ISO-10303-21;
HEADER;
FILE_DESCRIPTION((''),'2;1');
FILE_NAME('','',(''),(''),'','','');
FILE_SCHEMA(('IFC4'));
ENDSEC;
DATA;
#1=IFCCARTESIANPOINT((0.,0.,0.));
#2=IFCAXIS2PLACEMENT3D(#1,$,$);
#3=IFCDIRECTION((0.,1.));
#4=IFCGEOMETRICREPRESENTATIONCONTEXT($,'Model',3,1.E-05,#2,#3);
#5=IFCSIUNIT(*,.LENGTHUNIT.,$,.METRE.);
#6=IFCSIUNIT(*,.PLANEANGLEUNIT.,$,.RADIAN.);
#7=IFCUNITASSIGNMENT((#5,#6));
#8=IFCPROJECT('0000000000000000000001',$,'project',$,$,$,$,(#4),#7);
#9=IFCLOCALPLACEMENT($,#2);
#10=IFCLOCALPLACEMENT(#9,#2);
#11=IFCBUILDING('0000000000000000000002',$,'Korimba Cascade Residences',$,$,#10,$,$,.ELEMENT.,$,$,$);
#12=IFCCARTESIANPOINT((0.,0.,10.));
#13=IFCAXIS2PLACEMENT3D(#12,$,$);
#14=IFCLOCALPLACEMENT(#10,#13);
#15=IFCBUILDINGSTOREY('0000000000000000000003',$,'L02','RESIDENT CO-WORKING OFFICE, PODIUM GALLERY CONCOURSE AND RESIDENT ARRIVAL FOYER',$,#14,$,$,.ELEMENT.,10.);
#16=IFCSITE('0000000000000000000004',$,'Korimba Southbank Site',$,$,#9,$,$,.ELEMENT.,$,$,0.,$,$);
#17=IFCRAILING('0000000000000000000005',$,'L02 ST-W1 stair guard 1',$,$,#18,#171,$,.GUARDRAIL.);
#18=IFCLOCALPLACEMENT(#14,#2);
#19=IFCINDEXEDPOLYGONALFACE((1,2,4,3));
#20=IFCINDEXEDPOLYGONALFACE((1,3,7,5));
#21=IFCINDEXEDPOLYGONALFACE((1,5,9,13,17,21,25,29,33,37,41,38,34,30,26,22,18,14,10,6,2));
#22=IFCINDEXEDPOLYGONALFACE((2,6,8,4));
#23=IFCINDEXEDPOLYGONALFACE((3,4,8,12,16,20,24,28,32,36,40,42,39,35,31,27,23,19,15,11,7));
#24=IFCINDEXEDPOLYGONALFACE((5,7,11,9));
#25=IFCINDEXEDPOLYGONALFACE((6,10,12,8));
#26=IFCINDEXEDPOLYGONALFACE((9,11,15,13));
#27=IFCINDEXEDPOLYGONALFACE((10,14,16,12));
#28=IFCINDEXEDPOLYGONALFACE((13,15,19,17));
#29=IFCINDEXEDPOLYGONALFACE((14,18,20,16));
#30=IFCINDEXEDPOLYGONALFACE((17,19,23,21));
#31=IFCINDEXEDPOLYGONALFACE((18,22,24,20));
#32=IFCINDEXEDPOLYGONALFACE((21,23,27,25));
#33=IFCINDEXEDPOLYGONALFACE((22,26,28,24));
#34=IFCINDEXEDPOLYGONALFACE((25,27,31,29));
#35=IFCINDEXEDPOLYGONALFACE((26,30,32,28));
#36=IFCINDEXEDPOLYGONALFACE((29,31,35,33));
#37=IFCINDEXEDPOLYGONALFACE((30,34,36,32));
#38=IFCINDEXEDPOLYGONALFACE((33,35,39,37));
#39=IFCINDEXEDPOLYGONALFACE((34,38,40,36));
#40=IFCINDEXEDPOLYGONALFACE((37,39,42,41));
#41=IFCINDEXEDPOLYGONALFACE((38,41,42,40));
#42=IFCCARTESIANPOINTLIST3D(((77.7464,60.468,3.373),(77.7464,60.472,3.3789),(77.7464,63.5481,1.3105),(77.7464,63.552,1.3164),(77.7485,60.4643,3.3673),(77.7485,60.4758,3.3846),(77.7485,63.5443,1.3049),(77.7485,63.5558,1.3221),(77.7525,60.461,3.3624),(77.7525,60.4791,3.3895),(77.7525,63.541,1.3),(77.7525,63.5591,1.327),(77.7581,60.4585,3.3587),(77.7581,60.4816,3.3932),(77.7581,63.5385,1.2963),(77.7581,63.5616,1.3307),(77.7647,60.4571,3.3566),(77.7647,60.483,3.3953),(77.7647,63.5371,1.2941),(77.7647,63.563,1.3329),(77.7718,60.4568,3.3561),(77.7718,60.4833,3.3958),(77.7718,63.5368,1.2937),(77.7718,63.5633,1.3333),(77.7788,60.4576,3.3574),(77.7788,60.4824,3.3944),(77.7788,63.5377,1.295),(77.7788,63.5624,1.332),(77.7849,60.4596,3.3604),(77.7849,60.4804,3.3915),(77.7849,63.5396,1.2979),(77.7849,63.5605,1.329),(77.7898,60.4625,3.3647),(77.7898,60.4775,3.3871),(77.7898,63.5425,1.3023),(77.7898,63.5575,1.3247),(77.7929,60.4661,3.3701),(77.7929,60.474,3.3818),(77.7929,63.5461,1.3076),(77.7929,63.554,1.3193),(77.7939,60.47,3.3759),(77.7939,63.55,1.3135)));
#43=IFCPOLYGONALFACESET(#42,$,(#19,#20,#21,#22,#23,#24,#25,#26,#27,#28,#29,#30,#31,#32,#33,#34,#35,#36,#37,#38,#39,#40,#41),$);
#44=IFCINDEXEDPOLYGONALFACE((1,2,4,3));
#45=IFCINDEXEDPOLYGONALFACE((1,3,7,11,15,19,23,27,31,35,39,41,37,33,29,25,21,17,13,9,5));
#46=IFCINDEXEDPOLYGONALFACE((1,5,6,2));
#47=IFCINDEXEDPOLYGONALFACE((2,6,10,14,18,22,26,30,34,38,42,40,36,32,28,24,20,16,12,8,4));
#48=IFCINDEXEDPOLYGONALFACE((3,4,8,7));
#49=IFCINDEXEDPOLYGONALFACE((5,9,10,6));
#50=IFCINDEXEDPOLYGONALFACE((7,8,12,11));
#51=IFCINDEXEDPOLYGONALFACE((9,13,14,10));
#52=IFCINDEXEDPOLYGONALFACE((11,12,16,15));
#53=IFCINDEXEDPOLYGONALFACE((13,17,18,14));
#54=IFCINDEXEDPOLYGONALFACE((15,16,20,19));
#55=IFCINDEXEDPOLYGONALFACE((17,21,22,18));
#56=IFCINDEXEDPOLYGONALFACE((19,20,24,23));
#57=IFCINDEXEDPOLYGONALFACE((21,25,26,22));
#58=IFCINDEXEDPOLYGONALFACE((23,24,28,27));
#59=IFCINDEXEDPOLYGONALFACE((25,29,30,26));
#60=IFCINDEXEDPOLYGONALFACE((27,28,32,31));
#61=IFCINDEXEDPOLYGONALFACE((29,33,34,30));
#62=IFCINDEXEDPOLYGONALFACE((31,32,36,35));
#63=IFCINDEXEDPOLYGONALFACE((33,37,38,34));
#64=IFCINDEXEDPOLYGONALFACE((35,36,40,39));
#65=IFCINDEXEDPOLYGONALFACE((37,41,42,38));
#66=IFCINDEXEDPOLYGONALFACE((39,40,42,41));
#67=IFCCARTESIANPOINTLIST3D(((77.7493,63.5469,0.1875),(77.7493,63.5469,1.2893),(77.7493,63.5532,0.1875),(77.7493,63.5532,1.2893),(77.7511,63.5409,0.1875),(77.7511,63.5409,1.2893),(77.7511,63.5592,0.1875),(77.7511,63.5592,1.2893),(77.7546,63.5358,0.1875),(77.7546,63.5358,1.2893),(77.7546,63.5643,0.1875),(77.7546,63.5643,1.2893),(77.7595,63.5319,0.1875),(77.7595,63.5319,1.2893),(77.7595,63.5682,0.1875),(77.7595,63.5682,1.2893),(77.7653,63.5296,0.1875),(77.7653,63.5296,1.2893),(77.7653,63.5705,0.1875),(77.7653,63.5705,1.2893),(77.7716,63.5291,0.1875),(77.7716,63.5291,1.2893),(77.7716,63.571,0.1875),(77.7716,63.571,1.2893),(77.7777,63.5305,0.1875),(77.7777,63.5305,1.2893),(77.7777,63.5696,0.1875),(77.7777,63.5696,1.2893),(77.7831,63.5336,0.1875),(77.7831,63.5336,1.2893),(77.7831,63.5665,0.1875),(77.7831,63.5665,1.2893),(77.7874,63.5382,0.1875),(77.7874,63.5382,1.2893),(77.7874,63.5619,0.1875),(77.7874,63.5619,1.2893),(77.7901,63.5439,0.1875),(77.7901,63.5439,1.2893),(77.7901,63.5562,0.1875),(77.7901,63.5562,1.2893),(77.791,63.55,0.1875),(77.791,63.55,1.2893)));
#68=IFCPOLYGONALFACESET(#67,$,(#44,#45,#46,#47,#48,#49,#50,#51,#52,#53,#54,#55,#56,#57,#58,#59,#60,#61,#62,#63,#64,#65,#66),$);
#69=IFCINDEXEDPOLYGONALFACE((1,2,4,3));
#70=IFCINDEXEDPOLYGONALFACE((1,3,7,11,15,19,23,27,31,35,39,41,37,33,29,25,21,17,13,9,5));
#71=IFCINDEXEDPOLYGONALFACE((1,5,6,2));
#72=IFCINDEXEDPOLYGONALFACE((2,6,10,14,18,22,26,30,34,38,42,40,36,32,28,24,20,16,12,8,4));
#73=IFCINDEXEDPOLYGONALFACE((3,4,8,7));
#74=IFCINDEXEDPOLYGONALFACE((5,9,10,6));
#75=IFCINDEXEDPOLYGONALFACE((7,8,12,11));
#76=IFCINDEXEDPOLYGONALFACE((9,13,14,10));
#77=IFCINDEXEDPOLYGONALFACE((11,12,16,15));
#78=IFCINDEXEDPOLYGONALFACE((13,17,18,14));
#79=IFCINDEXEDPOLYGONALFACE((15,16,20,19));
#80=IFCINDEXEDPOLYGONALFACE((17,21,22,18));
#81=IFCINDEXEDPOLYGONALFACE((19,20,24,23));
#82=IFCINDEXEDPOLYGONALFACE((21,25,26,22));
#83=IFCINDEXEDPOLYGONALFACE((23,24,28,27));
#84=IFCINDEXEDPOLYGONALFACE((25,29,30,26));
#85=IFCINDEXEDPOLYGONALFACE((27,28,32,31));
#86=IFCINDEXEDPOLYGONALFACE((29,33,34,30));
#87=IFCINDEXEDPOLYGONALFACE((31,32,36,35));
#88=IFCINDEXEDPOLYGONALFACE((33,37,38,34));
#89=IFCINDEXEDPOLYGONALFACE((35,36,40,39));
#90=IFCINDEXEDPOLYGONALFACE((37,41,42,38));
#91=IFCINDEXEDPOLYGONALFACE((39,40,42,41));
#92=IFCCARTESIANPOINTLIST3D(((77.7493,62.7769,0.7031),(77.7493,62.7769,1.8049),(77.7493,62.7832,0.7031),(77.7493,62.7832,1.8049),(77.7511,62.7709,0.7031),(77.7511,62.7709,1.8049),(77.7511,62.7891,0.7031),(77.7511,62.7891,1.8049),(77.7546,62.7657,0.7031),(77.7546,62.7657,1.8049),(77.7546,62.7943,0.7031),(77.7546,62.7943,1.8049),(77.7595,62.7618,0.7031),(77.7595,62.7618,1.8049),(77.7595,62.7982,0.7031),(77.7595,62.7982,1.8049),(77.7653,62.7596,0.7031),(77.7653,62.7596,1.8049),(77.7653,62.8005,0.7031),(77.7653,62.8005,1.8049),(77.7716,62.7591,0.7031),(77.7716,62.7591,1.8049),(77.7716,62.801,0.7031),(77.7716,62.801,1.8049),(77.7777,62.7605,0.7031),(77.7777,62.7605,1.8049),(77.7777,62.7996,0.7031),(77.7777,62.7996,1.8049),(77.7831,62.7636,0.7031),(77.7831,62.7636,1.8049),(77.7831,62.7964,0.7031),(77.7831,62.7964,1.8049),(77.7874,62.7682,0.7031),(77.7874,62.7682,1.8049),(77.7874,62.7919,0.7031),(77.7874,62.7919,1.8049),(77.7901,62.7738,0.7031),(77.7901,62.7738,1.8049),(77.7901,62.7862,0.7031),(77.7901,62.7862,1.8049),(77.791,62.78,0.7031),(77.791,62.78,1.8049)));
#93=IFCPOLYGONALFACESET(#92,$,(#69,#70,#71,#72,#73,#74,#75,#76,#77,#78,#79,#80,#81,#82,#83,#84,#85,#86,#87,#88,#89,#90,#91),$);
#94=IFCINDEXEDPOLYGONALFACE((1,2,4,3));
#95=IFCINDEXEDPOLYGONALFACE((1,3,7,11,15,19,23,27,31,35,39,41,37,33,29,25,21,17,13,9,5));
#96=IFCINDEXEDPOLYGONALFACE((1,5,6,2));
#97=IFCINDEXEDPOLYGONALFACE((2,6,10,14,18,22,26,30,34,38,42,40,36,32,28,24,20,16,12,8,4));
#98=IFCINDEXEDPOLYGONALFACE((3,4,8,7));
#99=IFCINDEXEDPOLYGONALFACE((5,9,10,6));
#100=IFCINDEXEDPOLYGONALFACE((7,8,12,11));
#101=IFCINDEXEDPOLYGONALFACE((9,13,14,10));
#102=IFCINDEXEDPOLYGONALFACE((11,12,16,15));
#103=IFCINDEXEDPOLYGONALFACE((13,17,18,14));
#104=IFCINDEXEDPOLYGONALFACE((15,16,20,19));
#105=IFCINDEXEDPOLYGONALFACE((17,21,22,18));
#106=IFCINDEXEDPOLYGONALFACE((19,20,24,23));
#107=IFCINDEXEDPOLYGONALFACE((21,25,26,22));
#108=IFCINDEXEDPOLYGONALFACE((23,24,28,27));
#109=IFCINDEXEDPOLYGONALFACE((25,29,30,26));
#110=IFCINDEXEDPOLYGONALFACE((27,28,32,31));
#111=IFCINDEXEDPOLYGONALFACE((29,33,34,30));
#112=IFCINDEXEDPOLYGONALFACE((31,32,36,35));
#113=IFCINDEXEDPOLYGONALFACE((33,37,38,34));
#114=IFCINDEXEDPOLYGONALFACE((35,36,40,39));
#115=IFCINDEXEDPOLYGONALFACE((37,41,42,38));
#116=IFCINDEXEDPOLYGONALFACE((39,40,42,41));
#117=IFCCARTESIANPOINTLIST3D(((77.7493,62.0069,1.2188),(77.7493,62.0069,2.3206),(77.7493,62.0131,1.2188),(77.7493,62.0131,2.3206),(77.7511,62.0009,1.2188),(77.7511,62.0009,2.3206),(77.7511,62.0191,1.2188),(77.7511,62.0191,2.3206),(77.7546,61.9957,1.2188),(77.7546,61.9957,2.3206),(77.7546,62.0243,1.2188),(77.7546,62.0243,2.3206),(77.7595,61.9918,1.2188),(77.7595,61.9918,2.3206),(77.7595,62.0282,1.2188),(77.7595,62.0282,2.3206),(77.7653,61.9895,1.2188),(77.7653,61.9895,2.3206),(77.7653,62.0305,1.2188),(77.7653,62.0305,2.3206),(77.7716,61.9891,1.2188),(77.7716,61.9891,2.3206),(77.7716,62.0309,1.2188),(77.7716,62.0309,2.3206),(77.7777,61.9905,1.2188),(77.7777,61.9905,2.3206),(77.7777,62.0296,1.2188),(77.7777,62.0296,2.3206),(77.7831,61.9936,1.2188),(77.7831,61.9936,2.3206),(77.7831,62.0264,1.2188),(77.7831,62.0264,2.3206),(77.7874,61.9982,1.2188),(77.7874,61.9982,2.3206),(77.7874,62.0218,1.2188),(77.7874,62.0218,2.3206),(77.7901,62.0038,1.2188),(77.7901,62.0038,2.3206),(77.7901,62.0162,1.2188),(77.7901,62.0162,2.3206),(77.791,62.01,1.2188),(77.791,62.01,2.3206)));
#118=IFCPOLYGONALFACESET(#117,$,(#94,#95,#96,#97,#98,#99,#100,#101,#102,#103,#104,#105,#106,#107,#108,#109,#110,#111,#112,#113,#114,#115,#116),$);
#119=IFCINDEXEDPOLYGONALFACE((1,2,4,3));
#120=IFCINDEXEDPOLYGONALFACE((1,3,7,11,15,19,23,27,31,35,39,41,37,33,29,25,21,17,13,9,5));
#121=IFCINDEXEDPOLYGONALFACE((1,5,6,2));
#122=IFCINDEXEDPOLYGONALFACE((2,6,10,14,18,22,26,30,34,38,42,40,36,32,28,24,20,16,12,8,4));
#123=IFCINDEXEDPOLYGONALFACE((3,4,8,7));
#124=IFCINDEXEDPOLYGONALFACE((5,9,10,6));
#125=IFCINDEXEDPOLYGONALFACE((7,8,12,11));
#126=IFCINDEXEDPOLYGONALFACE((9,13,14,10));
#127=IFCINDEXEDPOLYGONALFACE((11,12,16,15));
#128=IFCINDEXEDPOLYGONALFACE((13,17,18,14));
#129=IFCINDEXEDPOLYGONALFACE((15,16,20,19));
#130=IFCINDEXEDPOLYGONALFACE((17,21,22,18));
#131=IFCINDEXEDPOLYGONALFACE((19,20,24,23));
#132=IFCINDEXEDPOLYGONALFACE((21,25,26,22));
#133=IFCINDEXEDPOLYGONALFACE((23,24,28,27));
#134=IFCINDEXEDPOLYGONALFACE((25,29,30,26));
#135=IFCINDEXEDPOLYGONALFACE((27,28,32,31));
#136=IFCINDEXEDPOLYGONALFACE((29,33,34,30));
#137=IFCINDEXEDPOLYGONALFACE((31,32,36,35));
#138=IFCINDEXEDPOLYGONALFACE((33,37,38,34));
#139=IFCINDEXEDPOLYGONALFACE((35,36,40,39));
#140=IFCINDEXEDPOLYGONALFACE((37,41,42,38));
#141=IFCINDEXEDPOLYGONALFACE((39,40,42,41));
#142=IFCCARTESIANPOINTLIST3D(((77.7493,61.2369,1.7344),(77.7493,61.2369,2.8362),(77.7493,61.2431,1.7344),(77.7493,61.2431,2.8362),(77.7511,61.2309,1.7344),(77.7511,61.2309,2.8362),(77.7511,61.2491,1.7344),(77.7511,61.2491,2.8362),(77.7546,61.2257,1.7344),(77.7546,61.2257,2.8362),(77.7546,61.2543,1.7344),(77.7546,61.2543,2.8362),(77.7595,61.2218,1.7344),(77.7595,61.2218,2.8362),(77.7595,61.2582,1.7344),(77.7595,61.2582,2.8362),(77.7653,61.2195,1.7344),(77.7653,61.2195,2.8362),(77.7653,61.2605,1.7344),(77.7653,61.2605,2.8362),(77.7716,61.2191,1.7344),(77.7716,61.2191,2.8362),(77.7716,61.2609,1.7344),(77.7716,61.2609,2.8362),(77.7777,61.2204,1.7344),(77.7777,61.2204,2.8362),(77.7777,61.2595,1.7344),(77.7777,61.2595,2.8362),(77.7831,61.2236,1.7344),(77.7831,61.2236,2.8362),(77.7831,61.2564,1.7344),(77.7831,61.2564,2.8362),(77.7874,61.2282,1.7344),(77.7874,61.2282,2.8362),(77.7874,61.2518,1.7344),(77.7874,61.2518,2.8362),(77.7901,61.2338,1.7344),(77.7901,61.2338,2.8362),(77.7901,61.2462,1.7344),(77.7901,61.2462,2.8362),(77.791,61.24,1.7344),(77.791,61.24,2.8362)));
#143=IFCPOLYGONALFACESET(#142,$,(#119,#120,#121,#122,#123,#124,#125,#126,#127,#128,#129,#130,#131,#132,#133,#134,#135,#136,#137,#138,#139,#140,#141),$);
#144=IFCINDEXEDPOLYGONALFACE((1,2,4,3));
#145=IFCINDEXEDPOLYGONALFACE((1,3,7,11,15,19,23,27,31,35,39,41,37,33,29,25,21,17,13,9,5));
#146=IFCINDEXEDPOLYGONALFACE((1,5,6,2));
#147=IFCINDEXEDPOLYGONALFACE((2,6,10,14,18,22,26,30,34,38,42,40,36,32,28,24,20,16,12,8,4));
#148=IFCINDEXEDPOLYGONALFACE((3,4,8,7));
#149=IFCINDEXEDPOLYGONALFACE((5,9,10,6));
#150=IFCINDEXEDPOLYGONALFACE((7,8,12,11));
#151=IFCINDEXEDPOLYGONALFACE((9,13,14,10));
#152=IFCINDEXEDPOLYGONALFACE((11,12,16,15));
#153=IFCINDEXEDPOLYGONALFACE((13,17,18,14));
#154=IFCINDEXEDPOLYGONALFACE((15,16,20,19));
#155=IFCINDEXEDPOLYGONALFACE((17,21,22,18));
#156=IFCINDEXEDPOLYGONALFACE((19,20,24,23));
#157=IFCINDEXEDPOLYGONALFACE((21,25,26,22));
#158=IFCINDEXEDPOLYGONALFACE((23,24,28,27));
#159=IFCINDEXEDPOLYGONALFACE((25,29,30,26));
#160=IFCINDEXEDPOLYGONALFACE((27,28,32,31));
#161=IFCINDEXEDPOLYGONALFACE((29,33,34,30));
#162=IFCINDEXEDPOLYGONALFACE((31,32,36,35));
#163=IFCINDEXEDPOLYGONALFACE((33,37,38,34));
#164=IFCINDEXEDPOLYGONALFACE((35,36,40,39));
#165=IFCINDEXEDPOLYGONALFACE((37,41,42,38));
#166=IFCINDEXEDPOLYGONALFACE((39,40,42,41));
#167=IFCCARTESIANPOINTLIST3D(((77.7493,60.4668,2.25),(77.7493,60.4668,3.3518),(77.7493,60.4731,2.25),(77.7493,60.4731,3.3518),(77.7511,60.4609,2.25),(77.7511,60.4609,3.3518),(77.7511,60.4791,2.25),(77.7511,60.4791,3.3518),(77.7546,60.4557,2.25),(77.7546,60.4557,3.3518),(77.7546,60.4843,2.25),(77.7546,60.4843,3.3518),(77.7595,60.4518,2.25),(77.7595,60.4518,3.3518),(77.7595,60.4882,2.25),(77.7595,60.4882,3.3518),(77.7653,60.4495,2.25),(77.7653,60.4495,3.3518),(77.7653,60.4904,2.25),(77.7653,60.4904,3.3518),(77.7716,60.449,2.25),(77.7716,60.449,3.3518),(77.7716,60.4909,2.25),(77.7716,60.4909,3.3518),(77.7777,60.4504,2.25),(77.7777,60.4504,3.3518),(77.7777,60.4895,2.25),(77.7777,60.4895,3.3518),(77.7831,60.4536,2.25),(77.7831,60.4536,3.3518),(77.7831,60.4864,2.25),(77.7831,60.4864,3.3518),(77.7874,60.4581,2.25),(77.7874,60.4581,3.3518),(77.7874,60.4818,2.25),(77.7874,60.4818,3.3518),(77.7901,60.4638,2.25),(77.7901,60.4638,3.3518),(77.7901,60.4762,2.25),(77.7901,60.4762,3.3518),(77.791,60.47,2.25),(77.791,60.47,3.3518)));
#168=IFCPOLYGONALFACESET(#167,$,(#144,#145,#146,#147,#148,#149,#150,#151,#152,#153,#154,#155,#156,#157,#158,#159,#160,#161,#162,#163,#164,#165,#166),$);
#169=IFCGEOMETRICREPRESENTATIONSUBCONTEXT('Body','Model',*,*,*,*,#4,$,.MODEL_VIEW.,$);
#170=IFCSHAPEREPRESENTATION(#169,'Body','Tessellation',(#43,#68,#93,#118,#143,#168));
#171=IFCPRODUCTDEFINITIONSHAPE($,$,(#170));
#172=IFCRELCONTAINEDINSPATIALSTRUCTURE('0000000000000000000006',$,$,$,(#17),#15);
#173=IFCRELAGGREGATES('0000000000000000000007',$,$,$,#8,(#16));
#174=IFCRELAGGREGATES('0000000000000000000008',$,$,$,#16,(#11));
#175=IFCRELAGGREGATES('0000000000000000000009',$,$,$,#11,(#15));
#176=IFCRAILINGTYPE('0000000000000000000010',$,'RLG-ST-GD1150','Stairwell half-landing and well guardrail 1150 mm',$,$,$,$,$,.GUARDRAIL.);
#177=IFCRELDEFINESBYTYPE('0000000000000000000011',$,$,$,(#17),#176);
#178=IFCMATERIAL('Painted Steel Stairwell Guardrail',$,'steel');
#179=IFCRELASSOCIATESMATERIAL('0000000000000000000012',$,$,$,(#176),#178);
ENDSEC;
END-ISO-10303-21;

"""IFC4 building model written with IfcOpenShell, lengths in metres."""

from ifc_helpers import new_model, si_unit, direction, frame, origin, origin_2d, place, context, subcontext, project, spatial, circle, extrude, material, type_object, element, save


model = new_model("IFC4")

# Units and contexts
model_context = context("Model", 3, precision=1e-05, world=origin(), true_north=direction((0.0, 1.0)))
body_context = subcontext(model_context, "Body", "Model", "MODEL_VIEW")
ifc_project = project(units=[si_unit("LENGTHUNIT", "METRE"), si_unit("PLANEANGLEUNIT", "RADIAN")], contexts=[model_context])

# Site, building, storey
site_placement = place(None, origin())
site = spatial("IfcSite", under=ifc_project, at=site_placement, Name="Korimba Southbank Site", CompositionType="ELEMENT", RefElevation=0.0)
building_placement = place(site_placement, origin())
building = spatial("IfcBuilding", under=site, at=building_placement, Name="Korimba Cascade Residences", CompositionType="ELEMENT")
storey_placement = place(building_placement, frame((0.0, 0.0, 10.0)))
storey = spatial("IfcBuildingStorey", under=building, at=storey_placement, Name="L02", Description="RESIDENT CO-WORKING OFFICE, PODIUM GALLERY CONCOURSE AND RESIDENT ARRIVAL FOYER", CompositionType="ELEMENT", Elevation=10.0)

# Railing
ifc_material_1 = material(Name="Painted Steel Stairwell Guardrail", Category="steel")
railing_type_1 = type_object("IfcRailingType", Name="RLG-ST-GD1150", Description="Stairwell half-landing and well guardrail 1150 mm", PredefinedType="GUARDRAIL", material=ifc_material_1)
railing_1_placement = place(storey_placement, frame((77.77, 63.55, 0.1875)))
element("IfcRailing", 1, at=railing_1_placement, inside=storey, type_object=railing_type_1, Name="L02 ST-W1 stair guard 1", PredefinedType="GUARDRAIL", context=body_context, shape_type="SweptSolid", body=[
    extrude(circle(Radius=0.0239, at=origin_2d()), frame((0.0, 0.0, 1.126), z_axis=(0.0, -0.830914, 0.556401), x_axis=(1.0, 0.0, 0.0)), (0.0, 0.0, 1.0), 3.7068),
    extrude(circle(Radius=0.021, at=origin_2d()), origin(), (0.0, 0.0, 1.0), 1.1018),
    extrude(circle(Radius=0.021, at=origin_2d()), frame((0.0, -0.77, 0.5156)), (0.0, 0.0, 1.0), 1.1018),
    extrude(circle(Radius=0.021, at=origin_2d()), frame((0.0, -1.54, 1.0312)), (0.0, 0.0, 1.0), 1.1018),
    extrude(circle(Radius=0.021, at=origin_2d()), frame((0.0, -2.3101, 1.5469)), (0.0, 0.0, 1.0), 1.1018),
    extrude(circle(Radius=0.021, at=origin_2d()), frame((0.0, -3.0801, 2.0625)), (0.0, 0.0, 1.0), 1.1018),
])

save(model, "model.ifc")
